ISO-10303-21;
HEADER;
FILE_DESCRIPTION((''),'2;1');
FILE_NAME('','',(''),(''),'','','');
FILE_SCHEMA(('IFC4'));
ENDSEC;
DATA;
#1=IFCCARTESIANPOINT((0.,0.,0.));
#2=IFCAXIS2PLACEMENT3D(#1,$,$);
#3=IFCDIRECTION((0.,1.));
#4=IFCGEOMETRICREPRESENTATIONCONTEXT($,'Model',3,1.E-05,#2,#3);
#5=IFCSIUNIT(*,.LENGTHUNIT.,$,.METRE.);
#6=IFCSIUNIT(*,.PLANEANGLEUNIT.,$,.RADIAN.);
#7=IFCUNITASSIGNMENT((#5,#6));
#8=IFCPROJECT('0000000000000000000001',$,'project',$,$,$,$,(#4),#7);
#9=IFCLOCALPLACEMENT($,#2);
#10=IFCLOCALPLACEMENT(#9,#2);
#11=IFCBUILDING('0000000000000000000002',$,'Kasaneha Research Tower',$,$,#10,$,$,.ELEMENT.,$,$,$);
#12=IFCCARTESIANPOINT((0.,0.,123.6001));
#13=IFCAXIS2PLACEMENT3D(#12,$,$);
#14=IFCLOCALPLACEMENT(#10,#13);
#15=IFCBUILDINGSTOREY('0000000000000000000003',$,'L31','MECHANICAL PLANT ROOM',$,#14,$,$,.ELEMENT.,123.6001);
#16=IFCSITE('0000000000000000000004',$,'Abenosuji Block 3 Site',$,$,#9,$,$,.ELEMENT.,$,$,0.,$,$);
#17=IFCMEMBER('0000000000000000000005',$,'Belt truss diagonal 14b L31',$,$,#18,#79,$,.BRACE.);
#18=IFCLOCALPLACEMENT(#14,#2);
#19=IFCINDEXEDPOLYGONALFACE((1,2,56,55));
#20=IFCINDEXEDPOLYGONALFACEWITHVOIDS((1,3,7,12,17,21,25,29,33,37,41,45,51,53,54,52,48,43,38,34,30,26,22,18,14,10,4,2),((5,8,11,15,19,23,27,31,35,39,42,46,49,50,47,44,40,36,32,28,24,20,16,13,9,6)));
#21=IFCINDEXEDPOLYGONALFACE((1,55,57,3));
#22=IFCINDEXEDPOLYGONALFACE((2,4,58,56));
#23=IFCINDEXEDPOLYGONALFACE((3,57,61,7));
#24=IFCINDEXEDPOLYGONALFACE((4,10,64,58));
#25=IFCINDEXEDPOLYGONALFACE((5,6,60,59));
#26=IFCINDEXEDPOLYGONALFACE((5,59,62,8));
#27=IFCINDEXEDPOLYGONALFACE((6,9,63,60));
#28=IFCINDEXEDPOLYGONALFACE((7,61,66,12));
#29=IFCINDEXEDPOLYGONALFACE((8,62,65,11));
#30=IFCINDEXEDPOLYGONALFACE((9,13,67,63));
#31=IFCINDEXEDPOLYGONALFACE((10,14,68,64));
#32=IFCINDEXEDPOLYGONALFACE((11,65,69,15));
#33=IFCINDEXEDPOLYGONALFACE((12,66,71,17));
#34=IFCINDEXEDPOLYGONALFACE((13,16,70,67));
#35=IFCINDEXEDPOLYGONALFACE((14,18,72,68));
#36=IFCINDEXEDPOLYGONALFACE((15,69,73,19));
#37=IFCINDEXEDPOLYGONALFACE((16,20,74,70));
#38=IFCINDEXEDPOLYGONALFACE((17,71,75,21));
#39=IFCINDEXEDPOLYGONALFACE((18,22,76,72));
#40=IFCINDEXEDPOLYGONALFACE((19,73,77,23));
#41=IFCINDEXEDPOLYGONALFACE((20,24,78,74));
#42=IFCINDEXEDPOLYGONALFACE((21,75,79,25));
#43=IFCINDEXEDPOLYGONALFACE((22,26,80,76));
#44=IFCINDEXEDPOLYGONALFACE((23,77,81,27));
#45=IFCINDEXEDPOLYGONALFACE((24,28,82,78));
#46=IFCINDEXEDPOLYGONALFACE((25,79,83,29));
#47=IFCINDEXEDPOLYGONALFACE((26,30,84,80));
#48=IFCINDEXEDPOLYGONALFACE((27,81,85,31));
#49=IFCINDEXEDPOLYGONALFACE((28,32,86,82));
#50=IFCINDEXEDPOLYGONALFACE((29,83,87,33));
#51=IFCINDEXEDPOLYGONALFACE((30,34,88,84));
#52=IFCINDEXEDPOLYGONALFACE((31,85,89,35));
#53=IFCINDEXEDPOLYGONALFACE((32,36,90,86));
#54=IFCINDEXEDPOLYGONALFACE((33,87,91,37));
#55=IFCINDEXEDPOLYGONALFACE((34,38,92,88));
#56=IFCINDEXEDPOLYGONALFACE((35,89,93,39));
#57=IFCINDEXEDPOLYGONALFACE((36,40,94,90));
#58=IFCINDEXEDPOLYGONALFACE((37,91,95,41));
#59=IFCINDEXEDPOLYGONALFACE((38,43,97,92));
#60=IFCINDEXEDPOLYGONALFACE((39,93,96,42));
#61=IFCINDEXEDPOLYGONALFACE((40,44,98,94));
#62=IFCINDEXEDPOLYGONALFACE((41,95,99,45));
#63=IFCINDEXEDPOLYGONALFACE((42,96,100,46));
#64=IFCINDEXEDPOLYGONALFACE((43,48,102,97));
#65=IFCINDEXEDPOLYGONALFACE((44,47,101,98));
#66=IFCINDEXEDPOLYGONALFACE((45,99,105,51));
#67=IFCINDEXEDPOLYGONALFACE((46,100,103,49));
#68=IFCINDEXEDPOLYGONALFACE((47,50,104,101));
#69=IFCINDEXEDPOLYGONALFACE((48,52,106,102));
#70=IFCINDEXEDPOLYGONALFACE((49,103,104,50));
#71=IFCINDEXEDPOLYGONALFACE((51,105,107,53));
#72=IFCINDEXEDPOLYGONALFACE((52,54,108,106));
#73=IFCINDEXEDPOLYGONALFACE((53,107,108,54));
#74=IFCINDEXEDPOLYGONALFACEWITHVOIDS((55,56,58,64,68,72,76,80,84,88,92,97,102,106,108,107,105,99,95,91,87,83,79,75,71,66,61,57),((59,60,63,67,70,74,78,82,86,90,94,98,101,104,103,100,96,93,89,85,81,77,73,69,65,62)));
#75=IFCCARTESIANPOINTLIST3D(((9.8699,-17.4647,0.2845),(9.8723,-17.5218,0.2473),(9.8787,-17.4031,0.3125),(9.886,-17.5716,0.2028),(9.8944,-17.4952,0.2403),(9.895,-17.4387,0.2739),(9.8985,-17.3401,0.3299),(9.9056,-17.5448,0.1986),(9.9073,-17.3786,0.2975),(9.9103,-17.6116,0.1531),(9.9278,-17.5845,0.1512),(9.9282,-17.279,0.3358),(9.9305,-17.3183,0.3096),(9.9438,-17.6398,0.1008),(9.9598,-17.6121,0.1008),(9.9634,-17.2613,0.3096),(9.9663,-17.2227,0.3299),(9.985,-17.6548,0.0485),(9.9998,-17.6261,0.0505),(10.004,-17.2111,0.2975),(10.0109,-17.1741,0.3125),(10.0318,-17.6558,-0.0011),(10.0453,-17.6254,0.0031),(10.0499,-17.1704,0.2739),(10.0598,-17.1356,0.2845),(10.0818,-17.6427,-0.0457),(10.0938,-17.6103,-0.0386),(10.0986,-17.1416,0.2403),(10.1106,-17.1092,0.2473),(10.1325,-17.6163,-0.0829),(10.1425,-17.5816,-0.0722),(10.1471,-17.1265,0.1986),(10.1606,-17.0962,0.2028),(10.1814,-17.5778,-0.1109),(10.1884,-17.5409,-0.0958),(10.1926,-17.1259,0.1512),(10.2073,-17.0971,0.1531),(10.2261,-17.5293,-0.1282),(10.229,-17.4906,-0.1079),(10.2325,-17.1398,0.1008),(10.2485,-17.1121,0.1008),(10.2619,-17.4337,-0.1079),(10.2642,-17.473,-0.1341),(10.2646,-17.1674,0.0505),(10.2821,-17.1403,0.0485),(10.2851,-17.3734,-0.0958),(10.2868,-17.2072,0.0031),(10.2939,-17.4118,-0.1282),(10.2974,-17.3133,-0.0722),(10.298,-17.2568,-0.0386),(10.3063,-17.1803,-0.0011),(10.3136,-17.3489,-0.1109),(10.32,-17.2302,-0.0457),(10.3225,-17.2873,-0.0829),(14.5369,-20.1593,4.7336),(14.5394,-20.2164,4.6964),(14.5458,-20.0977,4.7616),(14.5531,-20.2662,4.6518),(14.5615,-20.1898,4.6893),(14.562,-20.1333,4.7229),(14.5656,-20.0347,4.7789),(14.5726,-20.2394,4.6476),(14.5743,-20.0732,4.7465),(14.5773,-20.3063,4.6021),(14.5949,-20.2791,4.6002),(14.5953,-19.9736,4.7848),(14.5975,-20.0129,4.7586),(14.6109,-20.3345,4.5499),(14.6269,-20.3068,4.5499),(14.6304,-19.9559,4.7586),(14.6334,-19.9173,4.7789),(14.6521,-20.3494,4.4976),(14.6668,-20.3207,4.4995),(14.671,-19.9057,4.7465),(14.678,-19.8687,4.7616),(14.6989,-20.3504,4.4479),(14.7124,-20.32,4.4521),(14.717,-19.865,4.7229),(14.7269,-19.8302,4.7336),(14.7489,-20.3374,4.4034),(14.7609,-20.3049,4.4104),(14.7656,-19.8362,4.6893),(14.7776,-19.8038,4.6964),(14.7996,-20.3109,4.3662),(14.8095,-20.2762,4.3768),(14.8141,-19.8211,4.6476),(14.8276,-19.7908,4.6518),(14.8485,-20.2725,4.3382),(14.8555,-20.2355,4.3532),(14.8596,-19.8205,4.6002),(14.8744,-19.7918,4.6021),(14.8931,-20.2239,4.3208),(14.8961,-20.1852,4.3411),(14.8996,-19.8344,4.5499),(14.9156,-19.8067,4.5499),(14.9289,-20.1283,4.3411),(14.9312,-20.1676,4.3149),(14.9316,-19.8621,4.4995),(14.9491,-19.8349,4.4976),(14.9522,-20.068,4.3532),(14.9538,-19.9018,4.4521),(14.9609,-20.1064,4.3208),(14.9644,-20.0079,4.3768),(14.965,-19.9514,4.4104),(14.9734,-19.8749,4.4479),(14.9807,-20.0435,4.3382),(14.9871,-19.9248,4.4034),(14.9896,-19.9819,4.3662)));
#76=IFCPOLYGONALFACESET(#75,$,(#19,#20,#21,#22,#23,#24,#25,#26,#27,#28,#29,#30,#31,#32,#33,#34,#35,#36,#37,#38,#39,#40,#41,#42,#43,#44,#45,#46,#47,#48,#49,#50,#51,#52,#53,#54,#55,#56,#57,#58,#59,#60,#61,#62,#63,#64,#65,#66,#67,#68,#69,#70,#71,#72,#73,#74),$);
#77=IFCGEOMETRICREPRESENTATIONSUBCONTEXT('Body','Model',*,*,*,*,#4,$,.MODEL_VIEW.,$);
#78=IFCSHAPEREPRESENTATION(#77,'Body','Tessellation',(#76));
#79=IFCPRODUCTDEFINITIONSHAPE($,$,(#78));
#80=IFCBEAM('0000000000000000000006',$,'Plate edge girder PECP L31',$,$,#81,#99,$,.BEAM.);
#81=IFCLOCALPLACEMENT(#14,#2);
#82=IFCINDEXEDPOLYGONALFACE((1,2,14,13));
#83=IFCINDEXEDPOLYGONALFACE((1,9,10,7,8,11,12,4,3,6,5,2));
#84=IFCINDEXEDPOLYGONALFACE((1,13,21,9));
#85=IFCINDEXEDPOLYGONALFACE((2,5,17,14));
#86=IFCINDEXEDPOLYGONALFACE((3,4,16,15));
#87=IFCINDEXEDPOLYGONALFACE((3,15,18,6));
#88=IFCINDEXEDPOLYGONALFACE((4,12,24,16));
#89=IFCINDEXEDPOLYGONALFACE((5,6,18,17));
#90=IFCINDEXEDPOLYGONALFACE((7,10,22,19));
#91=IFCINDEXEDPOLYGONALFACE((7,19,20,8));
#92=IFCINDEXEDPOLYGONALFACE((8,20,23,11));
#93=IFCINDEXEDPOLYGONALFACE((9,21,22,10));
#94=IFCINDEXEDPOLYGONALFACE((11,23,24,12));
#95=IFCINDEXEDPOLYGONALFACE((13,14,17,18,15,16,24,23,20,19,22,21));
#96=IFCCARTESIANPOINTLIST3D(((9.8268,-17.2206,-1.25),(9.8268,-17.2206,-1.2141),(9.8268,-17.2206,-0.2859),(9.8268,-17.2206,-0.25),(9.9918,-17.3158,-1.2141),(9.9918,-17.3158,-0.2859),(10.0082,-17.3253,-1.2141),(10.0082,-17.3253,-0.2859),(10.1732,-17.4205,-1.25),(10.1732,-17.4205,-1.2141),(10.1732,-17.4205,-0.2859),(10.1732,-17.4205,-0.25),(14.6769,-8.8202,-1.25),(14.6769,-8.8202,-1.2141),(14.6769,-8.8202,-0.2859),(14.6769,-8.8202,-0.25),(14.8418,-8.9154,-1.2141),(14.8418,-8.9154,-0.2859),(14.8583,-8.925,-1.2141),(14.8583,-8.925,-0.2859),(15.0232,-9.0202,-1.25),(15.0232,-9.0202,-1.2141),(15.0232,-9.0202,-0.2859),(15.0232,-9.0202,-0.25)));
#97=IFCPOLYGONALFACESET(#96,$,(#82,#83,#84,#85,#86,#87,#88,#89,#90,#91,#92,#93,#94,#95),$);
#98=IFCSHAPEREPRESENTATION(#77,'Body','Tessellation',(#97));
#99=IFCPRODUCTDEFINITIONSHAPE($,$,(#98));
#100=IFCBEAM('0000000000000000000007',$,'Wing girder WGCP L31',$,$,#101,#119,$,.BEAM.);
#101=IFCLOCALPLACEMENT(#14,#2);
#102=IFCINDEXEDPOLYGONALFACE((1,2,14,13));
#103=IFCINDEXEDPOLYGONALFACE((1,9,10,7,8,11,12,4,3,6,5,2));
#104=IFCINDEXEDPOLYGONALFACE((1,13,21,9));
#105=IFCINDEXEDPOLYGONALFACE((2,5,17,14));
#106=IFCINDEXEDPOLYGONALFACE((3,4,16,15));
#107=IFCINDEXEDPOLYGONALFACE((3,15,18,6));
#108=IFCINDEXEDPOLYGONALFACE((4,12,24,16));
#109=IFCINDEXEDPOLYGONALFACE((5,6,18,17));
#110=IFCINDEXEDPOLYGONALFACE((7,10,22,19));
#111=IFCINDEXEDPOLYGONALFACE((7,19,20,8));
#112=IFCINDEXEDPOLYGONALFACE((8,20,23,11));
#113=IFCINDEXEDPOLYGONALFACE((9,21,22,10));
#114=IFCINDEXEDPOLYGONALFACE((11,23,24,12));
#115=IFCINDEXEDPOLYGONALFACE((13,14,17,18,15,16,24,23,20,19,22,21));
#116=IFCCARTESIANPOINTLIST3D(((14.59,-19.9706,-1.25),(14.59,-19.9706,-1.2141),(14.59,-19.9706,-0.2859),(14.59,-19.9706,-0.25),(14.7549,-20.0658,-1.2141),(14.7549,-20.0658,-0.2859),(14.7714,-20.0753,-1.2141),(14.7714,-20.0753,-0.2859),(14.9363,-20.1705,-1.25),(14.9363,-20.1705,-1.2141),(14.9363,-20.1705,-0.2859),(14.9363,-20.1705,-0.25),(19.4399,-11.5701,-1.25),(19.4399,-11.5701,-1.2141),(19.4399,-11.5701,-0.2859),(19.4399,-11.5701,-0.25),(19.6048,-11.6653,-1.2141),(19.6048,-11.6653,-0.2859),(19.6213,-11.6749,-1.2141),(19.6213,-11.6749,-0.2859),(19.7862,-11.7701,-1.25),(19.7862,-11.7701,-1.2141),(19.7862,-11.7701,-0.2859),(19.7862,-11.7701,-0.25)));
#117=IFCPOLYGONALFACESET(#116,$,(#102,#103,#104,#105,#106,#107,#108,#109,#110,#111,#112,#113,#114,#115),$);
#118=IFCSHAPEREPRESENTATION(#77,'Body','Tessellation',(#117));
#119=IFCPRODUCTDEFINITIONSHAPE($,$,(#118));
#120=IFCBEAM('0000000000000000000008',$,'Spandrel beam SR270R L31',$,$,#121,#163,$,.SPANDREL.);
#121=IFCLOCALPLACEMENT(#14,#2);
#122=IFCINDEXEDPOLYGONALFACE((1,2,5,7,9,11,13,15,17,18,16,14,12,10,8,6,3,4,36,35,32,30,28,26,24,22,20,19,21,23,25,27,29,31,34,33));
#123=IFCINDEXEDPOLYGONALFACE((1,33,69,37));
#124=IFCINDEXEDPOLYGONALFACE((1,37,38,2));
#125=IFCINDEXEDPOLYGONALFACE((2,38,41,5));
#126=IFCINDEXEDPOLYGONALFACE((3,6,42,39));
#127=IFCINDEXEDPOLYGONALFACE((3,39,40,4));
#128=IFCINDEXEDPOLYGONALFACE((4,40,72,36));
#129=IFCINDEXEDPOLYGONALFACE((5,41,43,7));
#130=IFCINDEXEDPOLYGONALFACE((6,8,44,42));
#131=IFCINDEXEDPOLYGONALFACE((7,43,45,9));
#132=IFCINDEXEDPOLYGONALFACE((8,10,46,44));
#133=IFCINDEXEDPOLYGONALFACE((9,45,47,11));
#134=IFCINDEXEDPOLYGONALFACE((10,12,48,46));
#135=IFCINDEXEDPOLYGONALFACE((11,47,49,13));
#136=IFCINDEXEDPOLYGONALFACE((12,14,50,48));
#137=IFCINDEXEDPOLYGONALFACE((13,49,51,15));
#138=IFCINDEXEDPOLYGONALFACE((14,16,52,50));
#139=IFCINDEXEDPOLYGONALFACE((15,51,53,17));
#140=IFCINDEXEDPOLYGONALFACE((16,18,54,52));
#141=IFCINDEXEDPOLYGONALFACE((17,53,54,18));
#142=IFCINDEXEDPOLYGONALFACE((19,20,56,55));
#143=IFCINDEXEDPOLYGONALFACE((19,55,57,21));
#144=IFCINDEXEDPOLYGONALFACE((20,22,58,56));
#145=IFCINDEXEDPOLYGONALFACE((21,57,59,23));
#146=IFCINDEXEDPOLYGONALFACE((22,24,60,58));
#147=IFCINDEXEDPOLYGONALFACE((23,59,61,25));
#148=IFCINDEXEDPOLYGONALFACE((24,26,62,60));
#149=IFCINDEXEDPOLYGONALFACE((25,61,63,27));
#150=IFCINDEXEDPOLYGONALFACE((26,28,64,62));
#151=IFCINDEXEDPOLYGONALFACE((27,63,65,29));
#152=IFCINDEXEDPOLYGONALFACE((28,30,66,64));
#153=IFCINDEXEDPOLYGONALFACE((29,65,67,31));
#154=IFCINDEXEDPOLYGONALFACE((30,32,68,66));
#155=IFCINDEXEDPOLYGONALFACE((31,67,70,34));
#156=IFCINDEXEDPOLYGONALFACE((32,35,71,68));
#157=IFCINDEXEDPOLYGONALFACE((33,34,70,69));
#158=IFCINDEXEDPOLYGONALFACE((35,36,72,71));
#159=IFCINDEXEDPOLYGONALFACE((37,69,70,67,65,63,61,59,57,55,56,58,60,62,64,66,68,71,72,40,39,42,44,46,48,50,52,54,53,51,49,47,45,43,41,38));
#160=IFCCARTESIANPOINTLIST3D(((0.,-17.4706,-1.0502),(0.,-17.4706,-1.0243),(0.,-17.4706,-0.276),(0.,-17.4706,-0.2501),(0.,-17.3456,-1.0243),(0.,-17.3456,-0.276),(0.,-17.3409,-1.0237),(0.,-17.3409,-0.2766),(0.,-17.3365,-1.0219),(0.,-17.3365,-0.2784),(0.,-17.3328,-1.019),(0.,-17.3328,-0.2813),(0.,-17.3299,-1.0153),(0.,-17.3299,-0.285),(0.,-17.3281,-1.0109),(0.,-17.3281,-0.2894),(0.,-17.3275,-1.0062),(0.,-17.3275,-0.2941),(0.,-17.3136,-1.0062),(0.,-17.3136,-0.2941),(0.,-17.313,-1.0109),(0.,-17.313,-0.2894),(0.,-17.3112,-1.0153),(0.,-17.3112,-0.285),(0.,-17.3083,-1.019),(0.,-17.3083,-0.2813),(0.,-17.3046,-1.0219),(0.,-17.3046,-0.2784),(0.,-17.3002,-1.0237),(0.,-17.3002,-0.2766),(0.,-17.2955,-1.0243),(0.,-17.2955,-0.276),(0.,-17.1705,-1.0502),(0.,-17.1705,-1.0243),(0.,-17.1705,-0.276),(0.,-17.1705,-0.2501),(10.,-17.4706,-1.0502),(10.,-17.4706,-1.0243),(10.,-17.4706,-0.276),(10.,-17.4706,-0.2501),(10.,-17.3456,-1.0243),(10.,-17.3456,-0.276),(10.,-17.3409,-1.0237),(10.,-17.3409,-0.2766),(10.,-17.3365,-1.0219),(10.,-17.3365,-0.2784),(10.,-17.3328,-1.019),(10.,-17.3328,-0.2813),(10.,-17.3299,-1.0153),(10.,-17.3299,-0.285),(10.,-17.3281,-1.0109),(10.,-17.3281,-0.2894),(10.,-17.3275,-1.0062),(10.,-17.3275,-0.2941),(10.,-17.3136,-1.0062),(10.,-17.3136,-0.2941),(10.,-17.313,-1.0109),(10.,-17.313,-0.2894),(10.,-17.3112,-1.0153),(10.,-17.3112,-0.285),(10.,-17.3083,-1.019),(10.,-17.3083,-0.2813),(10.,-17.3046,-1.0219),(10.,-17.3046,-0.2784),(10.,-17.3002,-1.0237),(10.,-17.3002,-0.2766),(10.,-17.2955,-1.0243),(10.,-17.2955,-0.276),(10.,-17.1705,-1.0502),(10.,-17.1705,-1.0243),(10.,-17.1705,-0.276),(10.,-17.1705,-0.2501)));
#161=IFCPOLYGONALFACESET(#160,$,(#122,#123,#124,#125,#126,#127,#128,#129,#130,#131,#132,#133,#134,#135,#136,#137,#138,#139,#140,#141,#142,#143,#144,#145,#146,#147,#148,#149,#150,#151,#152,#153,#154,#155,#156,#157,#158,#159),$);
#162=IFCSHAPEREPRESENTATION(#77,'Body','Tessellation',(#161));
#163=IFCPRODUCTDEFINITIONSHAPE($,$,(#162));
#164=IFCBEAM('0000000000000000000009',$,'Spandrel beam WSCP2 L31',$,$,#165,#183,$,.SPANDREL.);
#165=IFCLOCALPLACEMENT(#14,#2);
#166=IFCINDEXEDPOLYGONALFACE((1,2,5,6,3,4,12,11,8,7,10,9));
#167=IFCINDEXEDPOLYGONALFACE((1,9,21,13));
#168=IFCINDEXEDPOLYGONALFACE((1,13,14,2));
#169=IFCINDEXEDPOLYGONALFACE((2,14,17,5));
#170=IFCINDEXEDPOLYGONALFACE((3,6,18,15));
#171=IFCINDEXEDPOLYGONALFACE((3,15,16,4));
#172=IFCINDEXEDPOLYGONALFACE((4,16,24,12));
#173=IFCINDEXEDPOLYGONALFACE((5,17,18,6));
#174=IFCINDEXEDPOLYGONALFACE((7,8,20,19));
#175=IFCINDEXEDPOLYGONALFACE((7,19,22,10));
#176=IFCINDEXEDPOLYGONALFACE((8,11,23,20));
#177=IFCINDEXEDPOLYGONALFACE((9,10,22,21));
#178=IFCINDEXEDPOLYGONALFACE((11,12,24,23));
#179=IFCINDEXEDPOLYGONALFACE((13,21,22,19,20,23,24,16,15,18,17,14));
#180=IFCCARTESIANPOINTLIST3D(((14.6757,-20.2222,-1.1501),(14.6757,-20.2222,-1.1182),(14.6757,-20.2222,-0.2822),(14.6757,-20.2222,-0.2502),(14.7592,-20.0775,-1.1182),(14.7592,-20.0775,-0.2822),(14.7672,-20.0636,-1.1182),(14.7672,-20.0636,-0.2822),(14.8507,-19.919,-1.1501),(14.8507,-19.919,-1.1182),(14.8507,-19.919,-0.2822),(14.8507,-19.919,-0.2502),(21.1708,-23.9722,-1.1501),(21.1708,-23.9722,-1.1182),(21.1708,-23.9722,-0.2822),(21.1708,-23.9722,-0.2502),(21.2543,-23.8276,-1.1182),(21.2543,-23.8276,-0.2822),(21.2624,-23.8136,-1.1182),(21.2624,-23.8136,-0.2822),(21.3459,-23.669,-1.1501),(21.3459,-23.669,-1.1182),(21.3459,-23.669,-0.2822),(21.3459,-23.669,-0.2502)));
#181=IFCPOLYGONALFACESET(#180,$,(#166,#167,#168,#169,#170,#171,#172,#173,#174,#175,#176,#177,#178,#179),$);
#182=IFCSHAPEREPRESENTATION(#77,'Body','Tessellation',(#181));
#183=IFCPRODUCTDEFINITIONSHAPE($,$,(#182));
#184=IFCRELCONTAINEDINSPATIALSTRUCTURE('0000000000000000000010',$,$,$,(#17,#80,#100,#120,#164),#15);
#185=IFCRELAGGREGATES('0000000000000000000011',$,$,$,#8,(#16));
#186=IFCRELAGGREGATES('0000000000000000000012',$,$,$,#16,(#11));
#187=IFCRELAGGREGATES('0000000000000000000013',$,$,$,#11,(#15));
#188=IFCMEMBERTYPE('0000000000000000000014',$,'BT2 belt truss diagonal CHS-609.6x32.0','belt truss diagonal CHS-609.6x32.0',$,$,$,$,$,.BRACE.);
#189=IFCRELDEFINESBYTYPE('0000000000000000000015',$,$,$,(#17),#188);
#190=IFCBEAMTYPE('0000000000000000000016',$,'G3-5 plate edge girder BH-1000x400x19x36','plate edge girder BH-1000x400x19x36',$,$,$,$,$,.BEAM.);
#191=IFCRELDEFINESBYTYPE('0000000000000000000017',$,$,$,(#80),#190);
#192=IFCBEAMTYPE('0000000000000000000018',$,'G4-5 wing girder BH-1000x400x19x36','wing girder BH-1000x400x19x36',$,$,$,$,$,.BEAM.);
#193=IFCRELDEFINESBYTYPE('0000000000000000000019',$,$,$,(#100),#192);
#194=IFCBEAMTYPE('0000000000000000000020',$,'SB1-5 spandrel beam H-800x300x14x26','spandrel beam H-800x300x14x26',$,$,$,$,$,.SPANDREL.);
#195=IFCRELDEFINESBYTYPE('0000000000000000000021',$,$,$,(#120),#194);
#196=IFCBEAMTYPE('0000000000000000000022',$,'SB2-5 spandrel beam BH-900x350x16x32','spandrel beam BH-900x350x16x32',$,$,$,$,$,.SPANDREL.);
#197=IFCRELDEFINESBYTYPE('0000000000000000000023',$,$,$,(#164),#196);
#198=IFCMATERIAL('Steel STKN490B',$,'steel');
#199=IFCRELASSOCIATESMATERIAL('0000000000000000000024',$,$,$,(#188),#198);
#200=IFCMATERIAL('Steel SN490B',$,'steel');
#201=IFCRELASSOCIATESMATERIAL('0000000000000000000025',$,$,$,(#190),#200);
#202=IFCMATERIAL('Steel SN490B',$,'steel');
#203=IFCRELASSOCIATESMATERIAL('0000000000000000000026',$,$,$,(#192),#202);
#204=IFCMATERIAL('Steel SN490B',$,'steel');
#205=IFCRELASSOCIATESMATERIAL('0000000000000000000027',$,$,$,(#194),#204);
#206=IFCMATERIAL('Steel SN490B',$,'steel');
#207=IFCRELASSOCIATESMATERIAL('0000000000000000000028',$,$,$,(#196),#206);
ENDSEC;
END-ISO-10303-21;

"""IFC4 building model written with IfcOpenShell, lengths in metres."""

from ifc_helpers import new_model, si_unit, direction, frame, origin, origin_2d, place, context, subcontext, project, spatial, hollow_circle, i_section, extrude, material, material_profile, profile_set, type_object, element, save


model = new_model("IFC4")

# Units and contexts
model_context = context("Model", 3, precision=1e-05, world=origin(), true_north=direction((0.0, 1.0)))
body_context = subcontext(model_context, "Body", "Model", "MODEL_VIEW")
ifc_project = project(units=[si_unit("LENGTHUNIT", "METRE"), si_unit("PLANEANGLEUNIT", "RADIAN")], contexts=[model_context])

# Site, building, storey
site_placement = place(None, origin())
site = spatial("IfcSite", under=ifc_project, at=site_placement, Name="Abenosuji Block 3 Site", CompositionType="ELEMENT", RefElevation=0.0)
building_placement = place(site_placement, origin())
building = spatial("IfcBuilding", under=site, at=building_placement, Name="Kasaneha Research Tower", CompositionType="ELEMENT")
storey_placement = place(building_placement, frame((0.0, 0.0, 123.6001)))
storey = spatial("IfcBuildingStorey", under=building, at=storey_placement, Name="L31", Description="MECHANICAL PLANT ROOM", CompositionType="ELEMENT", Elevation=123.6001)

# Member
ifc_material_1 = material(Name="Steel STKN490B", Category="steel")
ifc_material_profile_1 = material_profile(ifc_material_1, hollow_circle(Radius=0.3047, WallThickness=0.032, at=origin_2d()), Name="CHS-609.6x32.0")
ifc_profile_set_1 = profile_set([ifc_material_profile_1], Name="Steel STKN490B")
member_type = type_object("IfcMemberType", Name="BT2 belt truss diagonal CHS-609.6x32.0", Description="belt truss diagonal CHS-609.6x32.0", PredefinedType="BRACE", material=ifc_profile_set_1)
member_1_placement = place(storey_placement, frame((10.0962, -17.376, 0.1008), z_axis=(0.667839, -0.38559, 0.636641), x_axis=(0.500013, 0.866018, 0.0)))
element("IfcMember", 1, at=member_1_placement, inside=storey, type_object=member_type, Name="Belt truss diagonal 14b L31", PredefinedType="BRACE", context=body_context, shape_type="SweptSolid", body=[
    extrude(hollow_circle(Radius=0.3047, WallThickness=0.032, at=origin_2d()), origin(), (0.0, 0.0, 1.0), 6.9883),
])

# Beams
ifc_material_2 = material(Name="Steel SN490B", Category="steel")
ifc_material_profile_2 = material_profile(ifc_material_2, i_section(OverallWidth=0.3999, OverallDepth=1.0, WebThickness=0.019, FlangeThickness=0.0359, at=origin_2d()), Name="BH-1000x400x19x36")
ifc_profile_set_2 = profile_set([ifc_material_profile_2], Name="Steel SN490B")
beam_type_1 = type_object("IfcBeamType", Name="G3-5 plate edge girder BH-1000x400x19x36", Description="plate edge girder BH-1000x400x19x36", PredefinedType="BEAM", material=ifc_profile_set_2)
beam_1_placement = place(storey_placement, frame((10.0, -17.3206, -0.75), z_axis=(0.50001, 0.86602, 0.0), x_axis=(-0.86602, 0.50001, 0.0)))
element("IfcBeam", 2, at=beam_1_placement, inside=storey, type_object=beam_type_1, Name="Plate edge girder PECP L31", PredefinedType="BEAM", context=body_context, shape_type="SweptSolid", body=[
    extrude(i_section(OverallWidth=0.3999, OverallDepth=1.0, WebThickness=0.019, FlangeThickness=0.0359, at=origin_2d()), origin(), (0.0, 0.0, 1.0), 9.7),
])
ifc_material_3 = material(Name="Steel SN490B", Category="steel")
ifc_material_profile_3 = material_profile(ifc_material_3, i_section(OverallWidth=0.3999, OverallDepth=1.0, WebThickness=0.019, FlangeThickness=0.0359, at=origin_2d()), Name="BH-1000x400x19x36")
ifc_profile_set_3 = profile_set([ifc_material_profile_3], Name="Steel SN490B")
beam_type_2 = type_object("IfcBeamType", Name="G4-5 wing girder BH-1000x400x19x36", Description="wing girder BH-1000x400x19x36", PredefinedType="BEAM", material=ifc_profile_set_3)
beam_2_placement = place(storey_placement, frame((14.7632, -20.0706, -0.75), z_axis=(0.499991, 0.866031, 0.0), x_axis=(-0.866031, 0.499991, 0.0)))
element("IfcBeam", 3, at=beam_2_placement, inside=storey, type_object=beam_type_2, Name="Wing girder WGCP L31", PredefinedType="BEAM", context=body_context, shape_type="SweptSolid", body=[
    extrude(i_section(OverallWidth=0.3999, OverallDepth=1.0, WebThickness=0.019, FlangeThickness=0.0359, at=origin_2d()), origin(), (0.0, 0.0, 1.0), 9.7),
])
ifc_material_4 = material(Name="Steel SN490B", Category="steel")
ifc_material_profile_4 = material_profile(ifc_material_4, i_section(OverallWidth=0.3, OverallDepth=0.8, WebThickness=0.0139, FlangeThickness=0.0259, FilletRadius=0.0181, at=origin_2d()), Name="H-800x300x14x26")
ifc_profile_set_4 = profile_set([ifc_material_profile_4], Name="Steel SN490B")
beam_type_3 = type_object("IfcBeamType", Name="SB1-5 spandrel beam H-800x300x14x26", Description="spandrel beam H-800x300x14x26", PredefinedType="SPANDREL", material=ifc_profile_set_4)
beam_3_placement = place(storey_placement, frame((10.0, -17.3206, -0.6501), z_axis=(-1.0, 0.0, 0.0), x_axis=(0.0, -1.0, 0.0)))
element("IfcBeam", 4, at=beam_3_placement, inside=storey, type_object=beam_type_3, Name="Spandrel beam SR270R L31", PredefinedType="SPANDREL", context=body_context, shape_type="SweptSolid", body=[
    extrude(i_section(OverallWidth=0.3, OverallDepth=0.8, WebThickness=0.0139, FlangeThickness=0.0259, FilletRadius=0.0181, at=origin_2d()), origin(), (0.0, 0.0, 1.0), 10.0),
])
ifc_material_5 = material(Name="Steel SN490B", Category="steel")
ifc_material_profile_5 = material_profile(ifc_material_5, i_section(OverallWidth=0.3501, OverallDepth=0.8999, WebThickness=0.0161, FlangeThickness=0.032, at=origin_2d()), Name="BH-900x350x16x32")
ifc_profile_set_5 = profile_set([ifc_material_profile_5], Name="Steel SN490B")
beam_type_4 = type_object("IfcBeamType", Name="SB2-5 spandrel beam BH-900x350x16x32", Description="spandrel beam BH-900x350x16x32", PredefinedType="SPANDREL", material=ifc_profile_set_5)
beam_4_placement = place(storey_placement, frame((14.7632, -20.0706, -0.7002), z_axis=(0.866023, -0.500004, 0.0), x_axis=(0.500004, 0.866023, 0.0)))
element("IfcBeam", 5, at=beam_4_placement, inside=storey, type_object=beam_type_4, Name="Spandrel beam WSCP2 L31", PredefinedType="SPANDREL", context=body_context, shape_type="SweptSolid", body=[
    extrude(i_section(OverallWidth=0.3501, OverallDepth=0.8999, WebThickness=0.0161, FlangeThickness=0.032, at=origin_2d()), origin(), (0.0, 0.0, 1.0), 7.5),
])

save(model, "model.ifc")
